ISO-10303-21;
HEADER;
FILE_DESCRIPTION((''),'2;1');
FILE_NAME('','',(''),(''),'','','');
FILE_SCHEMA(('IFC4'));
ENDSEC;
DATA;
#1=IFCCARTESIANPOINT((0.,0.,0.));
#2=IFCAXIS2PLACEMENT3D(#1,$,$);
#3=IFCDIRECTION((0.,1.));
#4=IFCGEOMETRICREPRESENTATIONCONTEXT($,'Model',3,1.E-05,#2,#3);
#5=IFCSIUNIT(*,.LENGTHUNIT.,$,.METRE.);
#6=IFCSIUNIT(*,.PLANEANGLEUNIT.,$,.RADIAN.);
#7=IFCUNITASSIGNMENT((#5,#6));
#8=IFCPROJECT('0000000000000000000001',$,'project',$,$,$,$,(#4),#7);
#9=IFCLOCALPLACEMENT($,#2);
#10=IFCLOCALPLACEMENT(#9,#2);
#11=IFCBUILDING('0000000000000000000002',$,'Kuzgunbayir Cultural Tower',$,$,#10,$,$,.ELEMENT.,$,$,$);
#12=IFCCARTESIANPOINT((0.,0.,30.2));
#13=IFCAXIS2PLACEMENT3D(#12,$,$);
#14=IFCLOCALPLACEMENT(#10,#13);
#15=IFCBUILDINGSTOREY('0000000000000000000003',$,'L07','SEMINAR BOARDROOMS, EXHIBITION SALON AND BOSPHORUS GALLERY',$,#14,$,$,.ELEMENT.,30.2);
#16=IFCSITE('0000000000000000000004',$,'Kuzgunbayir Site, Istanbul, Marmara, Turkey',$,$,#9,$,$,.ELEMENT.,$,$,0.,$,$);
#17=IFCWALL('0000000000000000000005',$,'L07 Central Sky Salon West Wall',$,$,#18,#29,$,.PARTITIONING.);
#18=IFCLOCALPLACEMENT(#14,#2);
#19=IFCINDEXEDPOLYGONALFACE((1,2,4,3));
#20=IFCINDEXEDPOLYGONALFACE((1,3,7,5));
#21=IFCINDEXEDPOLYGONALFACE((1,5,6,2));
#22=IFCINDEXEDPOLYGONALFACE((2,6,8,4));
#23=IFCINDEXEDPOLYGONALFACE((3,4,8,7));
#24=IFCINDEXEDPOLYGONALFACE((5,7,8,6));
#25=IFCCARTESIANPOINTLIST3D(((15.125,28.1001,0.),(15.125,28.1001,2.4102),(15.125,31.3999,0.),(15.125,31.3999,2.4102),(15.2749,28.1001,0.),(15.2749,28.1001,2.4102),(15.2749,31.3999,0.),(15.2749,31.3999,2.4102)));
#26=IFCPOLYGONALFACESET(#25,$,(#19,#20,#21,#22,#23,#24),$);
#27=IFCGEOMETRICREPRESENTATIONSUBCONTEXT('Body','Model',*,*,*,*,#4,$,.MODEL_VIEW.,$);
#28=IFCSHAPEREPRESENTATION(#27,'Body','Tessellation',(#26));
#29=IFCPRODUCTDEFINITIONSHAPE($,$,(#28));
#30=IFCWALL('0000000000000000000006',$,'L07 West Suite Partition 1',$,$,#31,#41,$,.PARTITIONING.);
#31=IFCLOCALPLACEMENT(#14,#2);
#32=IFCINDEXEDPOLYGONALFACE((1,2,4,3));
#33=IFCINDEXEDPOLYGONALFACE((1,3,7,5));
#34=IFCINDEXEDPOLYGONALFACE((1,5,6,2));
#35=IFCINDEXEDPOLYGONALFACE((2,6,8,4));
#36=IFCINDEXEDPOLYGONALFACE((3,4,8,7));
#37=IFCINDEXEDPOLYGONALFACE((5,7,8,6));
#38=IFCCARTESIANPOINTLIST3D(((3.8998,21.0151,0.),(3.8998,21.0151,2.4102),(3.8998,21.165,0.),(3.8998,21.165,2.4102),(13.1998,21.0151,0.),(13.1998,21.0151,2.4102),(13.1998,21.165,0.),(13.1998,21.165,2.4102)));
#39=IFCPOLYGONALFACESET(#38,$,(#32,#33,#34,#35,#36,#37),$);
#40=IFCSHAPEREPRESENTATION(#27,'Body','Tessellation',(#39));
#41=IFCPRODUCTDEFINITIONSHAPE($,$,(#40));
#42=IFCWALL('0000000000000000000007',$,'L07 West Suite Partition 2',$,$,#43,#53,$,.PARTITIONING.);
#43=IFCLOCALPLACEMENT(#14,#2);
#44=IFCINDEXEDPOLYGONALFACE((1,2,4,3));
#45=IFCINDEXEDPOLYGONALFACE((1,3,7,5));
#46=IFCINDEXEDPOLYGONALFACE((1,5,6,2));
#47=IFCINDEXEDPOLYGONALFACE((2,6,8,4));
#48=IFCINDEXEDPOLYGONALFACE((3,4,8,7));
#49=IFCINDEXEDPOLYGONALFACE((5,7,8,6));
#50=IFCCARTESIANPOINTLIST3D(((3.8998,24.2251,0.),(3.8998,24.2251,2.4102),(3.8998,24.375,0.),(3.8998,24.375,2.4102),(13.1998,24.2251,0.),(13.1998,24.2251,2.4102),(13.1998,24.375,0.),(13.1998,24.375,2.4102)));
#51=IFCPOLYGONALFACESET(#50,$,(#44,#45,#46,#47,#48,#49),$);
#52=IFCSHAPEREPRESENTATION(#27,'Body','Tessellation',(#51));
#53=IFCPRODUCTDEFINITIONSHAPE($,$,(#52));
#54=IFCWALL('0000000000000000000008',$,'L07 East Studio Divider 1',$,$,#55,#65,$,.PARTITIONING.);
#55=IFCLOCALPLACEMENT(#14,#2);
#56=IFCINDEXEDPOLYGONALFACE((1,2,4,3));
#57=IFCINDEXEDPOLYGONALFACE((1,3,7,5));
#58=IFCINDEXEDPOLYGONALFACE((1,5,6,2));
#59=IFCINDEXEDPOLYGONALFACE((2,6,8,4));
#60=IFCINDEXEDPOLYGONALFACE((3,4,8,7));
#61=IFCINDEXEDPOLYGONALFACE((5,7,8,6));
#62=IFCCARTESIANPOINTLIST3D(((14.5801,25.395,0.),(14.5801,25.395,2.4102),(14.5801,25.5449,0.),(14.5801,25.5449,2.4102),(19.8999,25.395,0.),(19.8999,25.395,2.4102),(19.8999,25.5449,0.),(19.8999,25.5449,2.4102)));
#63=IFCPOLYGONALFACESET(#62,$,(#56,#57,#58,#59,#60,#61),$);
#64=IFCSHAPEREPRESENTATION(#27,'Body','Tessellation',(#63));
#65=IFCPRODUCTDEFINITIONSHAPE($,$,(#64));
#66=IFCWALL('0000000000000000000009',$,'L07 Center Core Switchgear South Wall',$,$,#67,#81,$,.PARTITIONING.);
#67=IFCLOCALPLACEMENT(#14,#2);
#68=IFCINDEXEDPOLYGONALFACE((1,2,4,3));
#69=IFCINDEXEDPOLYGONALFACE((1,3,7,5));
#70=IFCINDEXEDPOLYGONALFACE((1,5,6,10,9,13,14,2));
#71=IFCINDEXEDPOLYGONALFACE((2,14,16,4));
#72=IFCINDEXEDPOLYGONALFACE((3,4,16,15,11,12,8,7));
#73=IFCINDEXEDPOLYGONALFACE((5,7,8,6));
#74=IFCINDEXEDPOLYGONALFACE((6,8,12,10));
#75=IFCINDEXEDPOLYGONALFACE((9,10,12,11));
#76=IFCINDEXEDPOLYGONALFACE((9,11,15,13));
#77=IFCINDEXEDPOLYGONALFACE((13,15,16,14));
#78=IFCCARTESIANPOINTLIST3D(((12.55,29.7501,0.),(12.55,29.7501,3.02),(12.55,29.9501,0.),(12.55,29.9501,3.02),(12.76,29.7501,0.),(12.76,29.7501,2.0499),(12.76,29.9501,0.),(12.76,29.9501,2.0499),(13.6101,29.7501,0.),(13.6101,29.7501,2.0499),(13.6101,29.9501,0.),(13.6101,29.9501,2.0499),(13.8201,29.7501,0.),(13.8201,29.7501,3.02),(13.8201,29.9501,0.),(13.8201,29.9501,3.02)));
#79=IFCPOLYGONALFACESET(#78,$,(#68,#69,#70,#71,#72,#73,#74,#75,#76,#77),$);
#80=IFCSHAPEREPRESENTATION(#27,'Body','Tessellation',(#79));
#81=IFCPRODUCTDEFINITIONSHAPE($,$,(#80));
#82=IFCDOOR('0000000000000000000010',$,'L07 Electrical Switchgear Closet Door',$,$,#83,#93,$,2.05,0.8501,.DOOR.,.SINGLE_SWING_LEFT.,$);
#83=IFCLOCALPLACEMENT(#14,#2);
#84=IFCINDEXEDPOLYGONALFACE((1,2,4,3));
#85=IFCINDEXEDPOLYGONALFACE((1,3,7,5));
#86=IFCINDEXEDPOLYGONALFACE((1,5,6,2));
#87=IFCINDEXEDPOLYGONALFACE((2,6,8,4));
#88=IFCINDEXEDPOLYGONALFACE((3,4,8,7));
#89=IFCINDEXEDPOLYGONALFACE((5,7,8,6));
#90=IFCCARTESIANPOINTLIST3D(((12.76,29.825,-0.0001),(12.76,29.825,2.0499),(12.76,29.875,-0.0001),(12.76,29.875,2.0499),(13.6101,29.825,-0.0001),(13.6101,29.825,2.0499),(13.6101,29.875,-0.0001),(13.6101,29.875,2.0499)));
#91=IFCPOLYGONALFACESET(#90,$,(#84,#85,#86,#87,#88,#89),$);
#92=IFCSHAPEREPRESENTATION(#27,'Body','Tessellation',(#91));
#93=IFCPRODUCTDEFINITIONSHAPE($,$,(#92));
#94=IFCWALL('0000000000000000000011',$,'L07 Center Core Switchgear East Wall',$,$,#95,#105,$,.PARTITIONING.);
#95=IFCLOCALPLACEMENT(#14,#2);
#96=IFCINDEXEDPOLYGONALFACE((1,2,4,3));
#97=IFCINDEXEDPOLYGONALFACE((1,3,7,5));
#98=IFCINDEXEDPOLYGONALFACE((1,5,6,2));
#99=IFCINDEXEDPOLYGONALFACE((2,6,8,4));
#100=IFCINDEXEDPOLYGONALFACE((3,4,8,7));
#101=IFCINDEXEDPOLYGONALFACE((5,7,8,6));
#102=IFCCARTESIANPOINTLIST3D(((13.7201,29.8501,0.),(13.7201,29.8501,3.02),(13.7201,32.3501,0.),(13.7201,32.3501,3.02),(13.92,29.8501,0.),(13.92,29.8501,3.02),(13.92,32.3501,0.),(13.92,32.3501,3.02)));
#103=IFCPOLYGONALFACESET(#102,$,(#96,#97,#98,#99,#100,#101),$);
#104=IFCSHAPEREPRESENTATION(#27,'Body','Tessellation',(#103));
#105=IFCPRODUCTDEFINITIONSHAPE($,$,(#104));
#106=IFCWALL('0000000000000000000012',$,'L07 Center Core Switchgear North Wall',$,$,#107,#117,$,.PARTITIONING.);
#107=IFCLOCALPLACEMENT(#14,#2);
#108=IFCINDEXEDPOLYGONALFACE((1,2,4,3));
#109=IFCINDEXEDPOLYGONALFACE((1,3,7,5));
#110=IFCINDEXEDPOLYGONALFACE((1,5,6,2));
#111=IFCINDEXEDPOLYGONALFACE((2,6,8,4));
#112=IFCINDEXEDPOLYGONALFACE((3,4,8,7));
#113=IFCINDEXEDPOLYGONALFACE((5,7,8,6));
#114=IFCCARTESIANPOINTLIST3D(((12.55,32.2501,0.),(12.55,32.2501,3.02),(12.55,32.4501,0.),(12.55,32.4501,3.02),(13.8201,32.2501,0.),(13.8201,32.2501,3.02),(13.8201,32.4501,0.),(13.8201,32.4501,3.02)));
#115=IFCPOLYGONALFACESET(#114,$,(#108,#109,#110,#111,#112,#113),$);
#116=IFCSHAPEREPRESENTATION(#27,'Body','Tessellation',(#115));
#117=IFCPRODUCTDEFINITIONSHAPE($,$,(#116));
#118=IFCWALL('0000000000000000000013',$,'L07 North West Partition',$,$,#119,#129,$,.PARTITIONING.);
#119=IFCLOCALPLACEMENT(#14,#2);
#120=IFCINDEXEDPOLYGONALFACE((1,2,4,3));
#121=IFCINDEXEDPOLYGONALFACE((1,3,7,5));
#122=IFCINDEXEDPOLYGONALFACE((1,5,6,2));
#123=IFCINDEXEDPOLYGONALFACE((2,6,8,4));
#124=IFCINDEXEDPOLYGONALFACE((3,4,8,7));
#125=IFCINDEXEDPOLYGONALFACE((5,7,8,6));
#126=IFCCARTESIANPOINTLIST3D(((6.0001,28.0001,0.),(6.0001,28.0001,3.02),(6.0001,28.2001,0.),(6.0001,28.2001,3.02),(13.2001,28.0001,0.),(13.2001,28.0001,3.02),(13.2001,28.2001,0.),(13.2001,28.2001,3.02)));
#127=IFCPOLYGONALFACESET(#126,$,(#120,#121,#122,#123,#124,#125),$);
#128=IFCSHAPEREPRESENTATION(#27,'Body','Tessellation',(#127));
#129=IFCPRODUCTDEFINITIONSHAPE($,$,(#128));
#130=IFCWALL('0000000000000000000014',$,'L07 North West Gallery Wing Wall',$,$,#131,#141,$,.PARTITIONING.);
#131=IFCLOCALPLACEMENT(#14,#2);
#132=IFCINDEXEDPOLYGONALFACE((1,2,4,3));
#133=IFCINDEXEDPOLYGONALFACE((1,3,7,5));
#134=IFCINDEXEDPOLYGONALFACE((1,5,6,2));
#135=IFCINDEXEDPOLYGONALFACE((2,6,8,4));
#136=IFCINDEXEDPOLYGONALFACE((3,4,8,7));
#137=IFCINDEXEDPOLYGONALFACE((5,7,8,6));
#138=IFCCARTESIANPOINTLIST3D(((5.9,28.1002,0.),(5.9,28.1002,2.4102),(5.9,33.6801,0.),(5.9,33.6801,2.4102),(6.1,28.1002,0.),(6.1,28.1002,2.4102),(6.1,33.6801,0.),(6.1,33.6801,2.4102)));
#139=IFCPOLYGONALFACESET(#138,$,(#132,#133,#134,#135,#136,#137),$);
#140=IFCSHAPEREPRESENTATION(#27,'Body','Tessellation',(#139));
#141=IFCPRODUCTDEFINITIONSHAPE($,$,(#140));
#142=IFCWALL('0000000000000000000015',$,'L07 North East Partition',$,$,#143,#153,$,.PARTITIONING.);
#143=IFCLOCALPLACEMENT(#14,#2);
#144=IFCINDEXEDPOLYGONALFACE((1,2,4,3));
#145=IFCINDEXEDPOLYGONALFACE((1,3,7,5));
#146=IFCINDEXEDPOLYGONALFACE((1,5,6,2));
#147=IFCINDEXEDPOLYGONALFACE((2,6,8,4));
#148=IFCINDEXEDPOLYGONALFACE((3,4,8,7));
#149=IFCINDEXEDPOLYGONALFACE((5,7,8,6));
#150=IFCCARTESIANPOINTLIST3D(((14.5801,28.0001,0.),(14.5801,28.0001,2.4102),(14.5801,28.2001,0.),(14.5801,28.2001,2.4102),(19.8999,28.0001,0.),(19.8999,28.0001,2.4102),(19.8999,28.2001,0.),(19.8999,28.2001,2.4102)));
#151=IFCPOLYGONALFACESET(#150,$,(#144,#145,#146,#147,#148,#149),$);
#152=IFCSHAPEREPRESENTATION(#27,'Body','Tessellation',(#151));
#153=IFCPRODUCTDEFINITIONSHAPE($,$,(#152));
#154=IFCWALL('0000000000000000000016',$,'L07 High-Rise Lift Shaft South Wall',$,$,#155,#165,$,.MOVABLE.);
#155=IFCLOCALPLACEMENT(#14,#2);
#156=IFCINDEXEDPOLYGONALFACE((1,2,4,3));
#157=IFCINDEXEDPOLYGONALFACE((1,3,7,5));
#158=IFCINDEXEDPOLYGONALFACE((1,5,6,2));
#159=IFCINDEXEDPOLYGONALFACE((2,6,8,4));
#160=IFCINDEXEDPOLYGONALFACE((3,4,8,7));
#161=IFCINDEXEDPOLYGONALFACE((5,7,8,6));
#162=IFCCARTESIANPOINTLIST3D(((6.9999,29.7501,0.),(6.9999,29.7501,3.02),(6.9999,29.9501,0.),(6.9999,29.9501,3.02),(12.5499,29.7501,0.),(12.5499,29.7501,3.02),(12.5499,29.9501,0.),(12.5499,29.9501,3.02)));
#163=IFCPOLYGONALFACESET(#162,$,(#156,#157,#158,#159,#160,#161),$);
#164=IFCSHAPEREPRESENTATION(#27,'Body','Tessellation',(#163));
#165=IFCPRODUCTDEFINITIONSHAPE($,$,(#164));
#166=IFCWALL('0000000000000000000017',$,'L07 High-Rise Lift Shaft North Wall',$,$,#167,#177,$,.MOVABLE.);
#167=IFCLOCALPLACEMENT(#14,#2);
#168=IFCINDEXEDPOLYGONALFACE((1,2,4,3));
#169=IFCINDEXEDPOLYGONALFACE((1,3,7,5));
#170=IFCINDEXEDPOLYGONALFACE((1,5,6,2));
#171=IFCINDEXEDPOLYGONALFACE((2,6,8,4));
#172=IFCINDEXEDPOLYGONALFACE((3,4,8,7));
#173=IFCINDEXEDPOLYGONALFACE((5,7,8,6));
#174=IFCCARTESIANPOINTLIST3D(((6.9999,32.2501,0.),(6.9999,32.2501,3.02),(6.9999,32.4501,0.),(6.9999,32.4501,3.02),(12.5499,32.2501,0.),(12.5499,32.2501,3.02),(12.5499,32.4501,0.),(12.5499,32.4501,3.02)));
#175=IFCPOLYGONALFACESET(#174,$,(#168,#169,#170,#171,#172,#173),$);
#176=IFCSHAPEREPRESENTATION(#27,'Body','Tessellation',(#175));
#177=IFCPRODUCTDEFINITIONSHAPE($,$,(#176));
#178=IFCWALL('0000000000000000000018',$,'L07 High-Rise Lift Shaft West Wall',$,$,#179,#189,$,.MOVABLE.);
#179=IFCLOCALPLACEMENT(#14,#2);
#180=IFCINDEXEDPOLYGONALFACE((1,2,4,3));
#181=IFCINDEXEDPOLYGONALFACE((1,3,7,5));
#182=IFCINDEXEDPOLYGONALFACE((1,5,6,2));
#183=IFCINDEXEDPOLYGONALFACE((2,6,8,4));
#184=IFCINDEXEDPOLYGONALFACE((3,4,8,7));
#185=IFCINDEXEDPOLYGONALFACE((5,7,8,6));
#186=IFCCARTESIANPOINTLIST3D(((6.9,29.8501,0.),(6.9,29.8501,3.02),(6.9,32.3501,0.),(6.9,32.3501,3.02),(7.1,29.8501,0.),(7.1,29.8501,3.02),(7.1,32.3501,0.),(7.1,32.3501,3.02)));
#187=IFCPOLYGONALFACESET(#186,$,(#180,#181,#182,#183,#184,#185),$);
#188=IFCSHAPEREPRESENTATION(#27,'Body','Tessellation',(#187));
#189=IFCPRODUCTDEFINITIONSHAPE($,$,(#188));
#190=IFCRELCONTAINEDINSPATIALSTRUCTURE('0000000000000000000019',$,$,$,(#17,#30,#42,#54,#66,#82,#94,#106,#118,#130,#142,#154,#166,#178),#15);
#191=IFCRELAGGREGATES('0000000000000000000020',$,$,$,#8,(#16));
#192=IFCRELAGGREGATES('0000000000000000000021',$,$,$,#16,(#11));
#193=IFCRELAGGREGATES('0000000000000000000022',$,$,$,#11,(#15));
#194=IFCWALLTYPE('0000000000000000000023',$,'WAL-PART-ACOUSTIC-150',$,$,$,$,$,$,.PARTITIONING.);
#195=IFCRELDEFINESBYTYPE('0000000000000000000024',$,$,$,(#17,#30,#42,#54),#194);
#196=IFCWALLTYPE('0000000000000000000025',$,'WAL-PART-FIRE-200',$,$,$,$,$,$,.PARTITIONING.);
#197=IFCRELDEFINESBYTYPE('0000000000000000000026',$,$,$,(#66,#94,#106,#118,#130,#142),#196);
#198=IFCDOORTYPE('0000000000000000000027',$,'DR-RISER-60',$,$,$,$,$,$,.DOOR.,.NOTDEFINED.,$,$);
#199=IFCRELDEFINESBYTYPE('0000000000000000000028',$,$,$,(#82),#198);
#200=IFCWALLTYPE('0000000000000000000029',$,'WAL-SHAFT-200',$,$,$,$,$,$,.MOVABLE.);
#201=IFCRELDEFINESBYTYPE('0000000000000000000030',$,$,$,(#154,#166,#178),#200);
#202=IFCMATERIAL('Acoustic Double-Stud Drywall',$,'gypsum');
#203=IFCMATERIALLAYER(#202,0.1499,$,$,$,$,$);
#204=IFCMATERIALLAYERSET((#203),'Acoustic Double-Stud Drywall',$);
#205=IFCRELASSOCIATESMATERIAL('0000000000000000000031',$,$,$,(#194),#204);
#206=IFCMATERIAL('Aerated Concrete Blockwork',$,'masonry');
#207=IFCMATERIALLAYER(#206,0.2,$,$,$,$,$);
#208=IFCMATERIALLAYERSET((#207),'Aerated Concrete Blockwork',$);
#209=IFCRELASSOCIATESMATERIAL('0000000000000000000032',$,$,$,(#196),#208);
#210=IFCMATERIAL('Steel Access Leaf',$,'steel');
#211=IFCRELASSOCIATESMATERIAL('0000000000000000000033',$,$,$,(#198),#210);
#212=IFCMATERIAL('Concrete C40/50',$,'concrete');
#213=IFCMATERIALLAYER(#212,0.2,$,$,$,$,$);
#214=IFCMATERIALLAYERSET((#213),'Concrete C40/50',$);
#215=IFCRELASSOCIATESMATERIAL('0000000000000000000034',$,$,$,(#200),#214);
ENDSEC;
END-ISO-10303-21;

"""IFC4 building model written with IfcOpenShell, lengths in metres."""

from ifc_helpers import new_model, si_unit, direction, frame, frame_2d, origin, place, context, subcontext, project, spatial, rectangle, extrude, material, layer, layer_set, type_object, element, fill, save


model = new_model("IFC4")

# Units and contexts
model_context = context("Model", 3, precision=1e-05, world=origin(), true_north=direction((0.0, 1.0)))
body_context = subcontext(model_context, "Body", "Model", "MODEL_VIEW")
ifc_project = project(units=[si_unit("LENGTHUNIT", "METRE"), si_unit("PLANEANGLEUNIT", "RADIAN")], contexts=[model_context])

# Site, building, storey
site_placement = place(None, origin())
site = spatial("IfcSite", under=ifc_project, at=site_placement, Name="Kuzgunbayir Site, Istanbul, Marmara, Turkey", CompositionType="ELEMENT", RefElevation=0.0)
building_placement = place(site_placement, origin())
building = spatial("IfcBuilding", under=site, at=building_placement, Name="Kuzgunbayir Cultural Tower", CompositionType="ELEMENT")
storey_placement = place(building_placement, frame((0.0, 0.0, 30.2)))
storey = spatial("IfcBuildingStorey", under=building, at=storey_placement, Name="L07", Description="SEMINAR BOARDROOMS, EXHIBITION SALON AND BOSPHORUS GALLERY", CompositionType="ELEMENT", Elevation=30.2)

# Shared definitions
ifc_material_1 = material(Name="Acoustic Double-Stud Drywall", Category="gypsum")
ifc_layer_1 = layer(ifc_material_1, 0.1499)
ifc_layer_set_1 = layer_set([ifc_layer_1], Name="Acoustic Double-Stud Drywall")
wall_type_1 = type_object("IfcWallType", Name="WAL-PART-ACOUSTIC-150", PredefinedType="PARTITIONING", material=ifc_layer_set_1)

# Walls
wall_1_placement = place(storey_placement, frame((15.2, 28.1001, 0.0), z_axis=(0.0, 0.0, 1.0), x_axis=(0.0, 1.0, 0.0)))
element("IfcWall", 1, at=wall_1_placement, inside=storey, type_object=wall_type_1, Name="L07 Central Sky Salon West Wall", PredefinedType="PARTITIONING", context=body_context, shape_type="SweptSolid", body=[
    extrude(rectangle(XDim=3.2998, YDim=0.1499, at=frame_2d((1.6499, 0.0))), origin(), (0.0, 0.0, 1.0), 2.4102),
])
for number, where, z_axis, x_axis, name in (
    (2, (3.8999, 21.0901, 0.0), (0.0, 0.0, 1.0), (1.0, 0.0, 0.0), "L07 West Suite Partition 1"),
    (3, (3.8999, 24.3, 0.0), (0.0, 0.0, 1.0), (1.0, 0.0, 0.0), "L07 West Suite Partition 2"),
):
    element("IfcWall", number, at=place(storey_placement, frame(where, z_axis=z_axis, x_axis=x_axis)), inside=storey, type_object=wall_type_1, Name=name, PredefinedType="PARTITIONING", context=body_context, shape_type="SweptSolid", body=[
        extrude(rectangle(XDim=9.3, YDim=0.1499, at=frame_2d((4.6499, 0.0))), origin(), (0.0, 0.0, 1.0), 2.4102),
    ])
wall_2_placement = place(storey_placement, frame((14.5801, 25.47, 0.0), z_axis=(0.0, 0.0, 1.0), x_axis=(1.0, 0.0, 0.0)))
element("IfcWall", 4, at=wall_2_placement, inside=storey, type_object=wall_type_1, Name="L07 East Studio Divider 1", PredefinedType="PARTITIONING", context=body_context, shape_type="SweptSolid", body=[
    extrude(rectangle(XDim=5.3198, YDim=0.1499, at=frame_2d((2.6599, 0.0))), origin(), (0.0, 0.0, 1.0), 2.4102),
])

# Wall, opening, door
ifc_material_2 = material(Name="Aerated Concrete Blockwork", Category="masonry")
ifc_layer_2 = layer(ifc_material_2, 0.2)
ifc_layer_set_2 = layer_set([ifc_layer_2], Name="Aerated Concrete Blockwork")
wall_type_2 = type_object("IfcWallType", Name="WAL-PART-FIRE-200", PredefinedType="PARTITIONING", material=ifc_layer_set_2)
wall_3_placement = place(storey_placement, frame((12.55, 29.8501, 0.0), z_axis=(0.0, 0.0, 1.0), x_axis=(1.0, 0.0, 0.0)))
wall_3 = element("IfcWall", 5, at=wall_3_placement, inside=storey, type_object=wall_type_2, Name="L07 Center Core Switchgear South Wall", PredefinedType="PARTITIONING", context=body_context, shape_type="SweptSolid", body=[
    extrude(rectangle(XDim=1.27, YDim=0.2, at=frame_2d((0.635, 0.0))), origin(), (0.0, 0.0, 1.0), 3.02),
])
opening_1_placement = place(wall_3_placement, frame((0.21, 0.0, 0.0)))
opening_1 = element("IfcOpeningElement", 6, at=opening_1_placement, cuts=wall_3, PredefinedType="OPENING", context=body_context, shape_type="SweptSolid", body=[
    extrude(rectangle(XDim=0.8501, YDim=2.05, at=frame_2d((0.425, 1.0249))), frame((0.0, 0.1099, 0.0), z_axis=(0.0, -1.0, 0.0), x_axis=(1.0, 0.0, 0.0)), (0.0, 0.0, 1.0), 0.22),
])
ifc_material_3 = material(Name="Steel Access Leaf", Category="steel")
door_type_1 = type_object("IfcDoorType", Name="DR-RISER-60", OperationType="NOTDEFINED", PredefinedType="DOOR", material=ifc_material_3)
door_1_placement = place(opening_1_placement, origin())
door_1 = element("IfcDoor", 7, at=door_1_placement, inside=storey, type_object=door_type_1, Name="L07 Electrical Switchgear Closet Door", OperationType="SINGLE_SWING_LEFT", OverallHeight=2.05, OverallWidth=0.8501, PredefinedType="DOOR", context=body_context, shape_type="SweptSolid", body=[
    extrude(rectangle(XDim=0.8501, YDim=2.05, at=frame_2d((0.425, 1.0249))), frame((0.0, 0.0249, 0.0), z_axis=(0.0, -1.0, 0.0), x_axis=(1.0, 0.0, 0.0)), (0.0, 0.0, 1.0), 0.05),
])
fill(opening_1, door_1)

# Walls
wall_4_placement = place(storey_placement, frame((13.8201, 29.8501, 0.0), z_axis=(0.0, 0.0, 1.0), x_axis=(0.0, 1.0, 0.0)))
element("IfcWall", 8, at=wall_4_placement, inside=storey, type_object=wall_type_2, Name="L07 Center Core Switchgear East Wall", PredefinedType="PARTITIONING", context=body_context, shape_type="SweptSolid", body=[
    extrude(rectangle(XDim=2.5, YDim=0.2, at=frame_2d((1.25, 0.0))), origin(), (0.0, 0.0, 1.0), 3.02),
])
wall_5_placement = place(storey_placement, frame((12.55, 32.3501, 0.0), z_axis=(0.0, 0.0, 1.0), x_axis=(1.0, 0.0, 0.0)))
element("IfcWall", 9, at=wall_5_placement, inside=storey, type_object=wall_type_2, Name="L07 Center Core Switchgear North Wall", PredefinedType="PARTITIONING", context=body_context, shape_type="SweptSolid", body=[
    extrude(rectangle(XDim=1.27, YDim=0.2, at=frame_2d((0.635, 0.0))), origin(), (0.0, 0.0, 1.0), 3.02),
])
wall_6_placement = place(storey_placement, frame((6.0, 28.1001, 0.0), z_axis=(0.0, 0.0, 1.0), x_axis=(1.0, 0.0, 0.0)))
element("IfcWall", 10, at=wall_6_placement, inside=storey, type_object=wall_type_2, Name="L07 North West Partition", PredefinedType="PARTITIONING", context=body_context, shape_type="SweptSolid", body=[
    extrude(rectangle(XDim=7.2, YDim=0.2, at=frame_2d((3.6001, 0.0))), origin(), (0.0, 0.0, 1.0), 3.02),
])
wall_7_placement = place(storey_placement, frame((6.0, 28.1001, 0.0), z_axis=(0.0, 0.0, 1.0), x_axis=(0.0, 1.0, 0.0)))
element("IfcWall", 11, at=wall_7_placement, inside=storey, type_object=wall_type_2, Name="L07 North West Gallery Wing Wall", PredefinedType="PARTITIONING", context=body_context, shape_type="SweptSolid", body=[
    extrude(rectangle(XDim=5.5798, YDim=0.2, at=frame_2d((2.79, 0.0))), origin(), (0.0, 0.0, 1.0), 2.4102),
])
wall_8_placement = place(storey_placement, frame((14.5801, 28.1001, 0.0), z_axis=(0.0, 0.0, 1.0), x_axis=(1.0, 0.0, 0.0)))
element("IfcWall", 12, at=wall_8_placement, inside=storey, type_object=wall_type_2, Name="L07 North East Partition", PredefinedType="PARTITIONING", context=body_context, shape_type="SweptSolid", body=[
    extrude(rectangle(XDim=5.3198, YDim=0.2, at=frame_2d((2.6599, 0.0))), origin(), (0.0, 0.0, 1.0), 2.4102),
])
ifc_material_4 = material(Name="Concrete C40/50", Category="concrete")
ifc_layer_3 = layer(ifc_material_4, 0.2)
ifc_layer_set_3 = layer_set([ifc_layer_3], Name="Concrete C40/50")
wall_type_3 = type_object("IfcWallType", Name="WAL-SHAFT-200", PredefinedType="MOVABLE", material=ifc_layer_set_3)
for number, where, z_axis, x_axis, name in (
    (13, (7.0, 29.8501, 0.0), (0.0, 0.0, 1.0), (1.0, 0.0, 0.0), "L07 High-Rise Lift Shaft South Wall"),
    (14, (7.0, 32.3501, 0.0), (0.0, 0.0, 1.0), (1.0, 0.0, 0.0), "L07 High-Rise Lift Shaft North Wall"),
):
    element("IfcWall", number, at=place(storey_placement, frame(where, z_axis=z_axis, x_axis=x_axis)), inside=storey, type_object=wall_type_3, Name=name, PredefinedType="MOVABLE", context=body_context, shape_type="SweptSolid", body=[
        extrude(rectangle(XDim=5.55, YDim=0.2, at=frame_2d((2.7749, 0.0))), origin(), (0.0, 0.0, 1.0), 3.02),
    ])
for number, where, z_axis, x_axis, name in (
    (15, (7.0, 29.8501, 0.0), (0.0, 0.0, 1.0), (0.0, 1.0, 0.0), "L07 High-Rise Lift Shaft West Wall"),
):
    element("IfcWall", number, at=place(storey_placement, frame(where, z_axis=z_axis, x_axis=x_axis)), inside=storey, type_object=wall_type_3, Name=name, PredefinedType="MOVABLE", context=body_context, shape_type="SweptSolid", body=[
        extrude(rectangle(XDim=2.5, YDim=0.2, at=frame_2d((1.25, 0.0))), origin(), (0.0, 0.0, 1.0), 3.02),
    ])

save(model, "model.ifc")
